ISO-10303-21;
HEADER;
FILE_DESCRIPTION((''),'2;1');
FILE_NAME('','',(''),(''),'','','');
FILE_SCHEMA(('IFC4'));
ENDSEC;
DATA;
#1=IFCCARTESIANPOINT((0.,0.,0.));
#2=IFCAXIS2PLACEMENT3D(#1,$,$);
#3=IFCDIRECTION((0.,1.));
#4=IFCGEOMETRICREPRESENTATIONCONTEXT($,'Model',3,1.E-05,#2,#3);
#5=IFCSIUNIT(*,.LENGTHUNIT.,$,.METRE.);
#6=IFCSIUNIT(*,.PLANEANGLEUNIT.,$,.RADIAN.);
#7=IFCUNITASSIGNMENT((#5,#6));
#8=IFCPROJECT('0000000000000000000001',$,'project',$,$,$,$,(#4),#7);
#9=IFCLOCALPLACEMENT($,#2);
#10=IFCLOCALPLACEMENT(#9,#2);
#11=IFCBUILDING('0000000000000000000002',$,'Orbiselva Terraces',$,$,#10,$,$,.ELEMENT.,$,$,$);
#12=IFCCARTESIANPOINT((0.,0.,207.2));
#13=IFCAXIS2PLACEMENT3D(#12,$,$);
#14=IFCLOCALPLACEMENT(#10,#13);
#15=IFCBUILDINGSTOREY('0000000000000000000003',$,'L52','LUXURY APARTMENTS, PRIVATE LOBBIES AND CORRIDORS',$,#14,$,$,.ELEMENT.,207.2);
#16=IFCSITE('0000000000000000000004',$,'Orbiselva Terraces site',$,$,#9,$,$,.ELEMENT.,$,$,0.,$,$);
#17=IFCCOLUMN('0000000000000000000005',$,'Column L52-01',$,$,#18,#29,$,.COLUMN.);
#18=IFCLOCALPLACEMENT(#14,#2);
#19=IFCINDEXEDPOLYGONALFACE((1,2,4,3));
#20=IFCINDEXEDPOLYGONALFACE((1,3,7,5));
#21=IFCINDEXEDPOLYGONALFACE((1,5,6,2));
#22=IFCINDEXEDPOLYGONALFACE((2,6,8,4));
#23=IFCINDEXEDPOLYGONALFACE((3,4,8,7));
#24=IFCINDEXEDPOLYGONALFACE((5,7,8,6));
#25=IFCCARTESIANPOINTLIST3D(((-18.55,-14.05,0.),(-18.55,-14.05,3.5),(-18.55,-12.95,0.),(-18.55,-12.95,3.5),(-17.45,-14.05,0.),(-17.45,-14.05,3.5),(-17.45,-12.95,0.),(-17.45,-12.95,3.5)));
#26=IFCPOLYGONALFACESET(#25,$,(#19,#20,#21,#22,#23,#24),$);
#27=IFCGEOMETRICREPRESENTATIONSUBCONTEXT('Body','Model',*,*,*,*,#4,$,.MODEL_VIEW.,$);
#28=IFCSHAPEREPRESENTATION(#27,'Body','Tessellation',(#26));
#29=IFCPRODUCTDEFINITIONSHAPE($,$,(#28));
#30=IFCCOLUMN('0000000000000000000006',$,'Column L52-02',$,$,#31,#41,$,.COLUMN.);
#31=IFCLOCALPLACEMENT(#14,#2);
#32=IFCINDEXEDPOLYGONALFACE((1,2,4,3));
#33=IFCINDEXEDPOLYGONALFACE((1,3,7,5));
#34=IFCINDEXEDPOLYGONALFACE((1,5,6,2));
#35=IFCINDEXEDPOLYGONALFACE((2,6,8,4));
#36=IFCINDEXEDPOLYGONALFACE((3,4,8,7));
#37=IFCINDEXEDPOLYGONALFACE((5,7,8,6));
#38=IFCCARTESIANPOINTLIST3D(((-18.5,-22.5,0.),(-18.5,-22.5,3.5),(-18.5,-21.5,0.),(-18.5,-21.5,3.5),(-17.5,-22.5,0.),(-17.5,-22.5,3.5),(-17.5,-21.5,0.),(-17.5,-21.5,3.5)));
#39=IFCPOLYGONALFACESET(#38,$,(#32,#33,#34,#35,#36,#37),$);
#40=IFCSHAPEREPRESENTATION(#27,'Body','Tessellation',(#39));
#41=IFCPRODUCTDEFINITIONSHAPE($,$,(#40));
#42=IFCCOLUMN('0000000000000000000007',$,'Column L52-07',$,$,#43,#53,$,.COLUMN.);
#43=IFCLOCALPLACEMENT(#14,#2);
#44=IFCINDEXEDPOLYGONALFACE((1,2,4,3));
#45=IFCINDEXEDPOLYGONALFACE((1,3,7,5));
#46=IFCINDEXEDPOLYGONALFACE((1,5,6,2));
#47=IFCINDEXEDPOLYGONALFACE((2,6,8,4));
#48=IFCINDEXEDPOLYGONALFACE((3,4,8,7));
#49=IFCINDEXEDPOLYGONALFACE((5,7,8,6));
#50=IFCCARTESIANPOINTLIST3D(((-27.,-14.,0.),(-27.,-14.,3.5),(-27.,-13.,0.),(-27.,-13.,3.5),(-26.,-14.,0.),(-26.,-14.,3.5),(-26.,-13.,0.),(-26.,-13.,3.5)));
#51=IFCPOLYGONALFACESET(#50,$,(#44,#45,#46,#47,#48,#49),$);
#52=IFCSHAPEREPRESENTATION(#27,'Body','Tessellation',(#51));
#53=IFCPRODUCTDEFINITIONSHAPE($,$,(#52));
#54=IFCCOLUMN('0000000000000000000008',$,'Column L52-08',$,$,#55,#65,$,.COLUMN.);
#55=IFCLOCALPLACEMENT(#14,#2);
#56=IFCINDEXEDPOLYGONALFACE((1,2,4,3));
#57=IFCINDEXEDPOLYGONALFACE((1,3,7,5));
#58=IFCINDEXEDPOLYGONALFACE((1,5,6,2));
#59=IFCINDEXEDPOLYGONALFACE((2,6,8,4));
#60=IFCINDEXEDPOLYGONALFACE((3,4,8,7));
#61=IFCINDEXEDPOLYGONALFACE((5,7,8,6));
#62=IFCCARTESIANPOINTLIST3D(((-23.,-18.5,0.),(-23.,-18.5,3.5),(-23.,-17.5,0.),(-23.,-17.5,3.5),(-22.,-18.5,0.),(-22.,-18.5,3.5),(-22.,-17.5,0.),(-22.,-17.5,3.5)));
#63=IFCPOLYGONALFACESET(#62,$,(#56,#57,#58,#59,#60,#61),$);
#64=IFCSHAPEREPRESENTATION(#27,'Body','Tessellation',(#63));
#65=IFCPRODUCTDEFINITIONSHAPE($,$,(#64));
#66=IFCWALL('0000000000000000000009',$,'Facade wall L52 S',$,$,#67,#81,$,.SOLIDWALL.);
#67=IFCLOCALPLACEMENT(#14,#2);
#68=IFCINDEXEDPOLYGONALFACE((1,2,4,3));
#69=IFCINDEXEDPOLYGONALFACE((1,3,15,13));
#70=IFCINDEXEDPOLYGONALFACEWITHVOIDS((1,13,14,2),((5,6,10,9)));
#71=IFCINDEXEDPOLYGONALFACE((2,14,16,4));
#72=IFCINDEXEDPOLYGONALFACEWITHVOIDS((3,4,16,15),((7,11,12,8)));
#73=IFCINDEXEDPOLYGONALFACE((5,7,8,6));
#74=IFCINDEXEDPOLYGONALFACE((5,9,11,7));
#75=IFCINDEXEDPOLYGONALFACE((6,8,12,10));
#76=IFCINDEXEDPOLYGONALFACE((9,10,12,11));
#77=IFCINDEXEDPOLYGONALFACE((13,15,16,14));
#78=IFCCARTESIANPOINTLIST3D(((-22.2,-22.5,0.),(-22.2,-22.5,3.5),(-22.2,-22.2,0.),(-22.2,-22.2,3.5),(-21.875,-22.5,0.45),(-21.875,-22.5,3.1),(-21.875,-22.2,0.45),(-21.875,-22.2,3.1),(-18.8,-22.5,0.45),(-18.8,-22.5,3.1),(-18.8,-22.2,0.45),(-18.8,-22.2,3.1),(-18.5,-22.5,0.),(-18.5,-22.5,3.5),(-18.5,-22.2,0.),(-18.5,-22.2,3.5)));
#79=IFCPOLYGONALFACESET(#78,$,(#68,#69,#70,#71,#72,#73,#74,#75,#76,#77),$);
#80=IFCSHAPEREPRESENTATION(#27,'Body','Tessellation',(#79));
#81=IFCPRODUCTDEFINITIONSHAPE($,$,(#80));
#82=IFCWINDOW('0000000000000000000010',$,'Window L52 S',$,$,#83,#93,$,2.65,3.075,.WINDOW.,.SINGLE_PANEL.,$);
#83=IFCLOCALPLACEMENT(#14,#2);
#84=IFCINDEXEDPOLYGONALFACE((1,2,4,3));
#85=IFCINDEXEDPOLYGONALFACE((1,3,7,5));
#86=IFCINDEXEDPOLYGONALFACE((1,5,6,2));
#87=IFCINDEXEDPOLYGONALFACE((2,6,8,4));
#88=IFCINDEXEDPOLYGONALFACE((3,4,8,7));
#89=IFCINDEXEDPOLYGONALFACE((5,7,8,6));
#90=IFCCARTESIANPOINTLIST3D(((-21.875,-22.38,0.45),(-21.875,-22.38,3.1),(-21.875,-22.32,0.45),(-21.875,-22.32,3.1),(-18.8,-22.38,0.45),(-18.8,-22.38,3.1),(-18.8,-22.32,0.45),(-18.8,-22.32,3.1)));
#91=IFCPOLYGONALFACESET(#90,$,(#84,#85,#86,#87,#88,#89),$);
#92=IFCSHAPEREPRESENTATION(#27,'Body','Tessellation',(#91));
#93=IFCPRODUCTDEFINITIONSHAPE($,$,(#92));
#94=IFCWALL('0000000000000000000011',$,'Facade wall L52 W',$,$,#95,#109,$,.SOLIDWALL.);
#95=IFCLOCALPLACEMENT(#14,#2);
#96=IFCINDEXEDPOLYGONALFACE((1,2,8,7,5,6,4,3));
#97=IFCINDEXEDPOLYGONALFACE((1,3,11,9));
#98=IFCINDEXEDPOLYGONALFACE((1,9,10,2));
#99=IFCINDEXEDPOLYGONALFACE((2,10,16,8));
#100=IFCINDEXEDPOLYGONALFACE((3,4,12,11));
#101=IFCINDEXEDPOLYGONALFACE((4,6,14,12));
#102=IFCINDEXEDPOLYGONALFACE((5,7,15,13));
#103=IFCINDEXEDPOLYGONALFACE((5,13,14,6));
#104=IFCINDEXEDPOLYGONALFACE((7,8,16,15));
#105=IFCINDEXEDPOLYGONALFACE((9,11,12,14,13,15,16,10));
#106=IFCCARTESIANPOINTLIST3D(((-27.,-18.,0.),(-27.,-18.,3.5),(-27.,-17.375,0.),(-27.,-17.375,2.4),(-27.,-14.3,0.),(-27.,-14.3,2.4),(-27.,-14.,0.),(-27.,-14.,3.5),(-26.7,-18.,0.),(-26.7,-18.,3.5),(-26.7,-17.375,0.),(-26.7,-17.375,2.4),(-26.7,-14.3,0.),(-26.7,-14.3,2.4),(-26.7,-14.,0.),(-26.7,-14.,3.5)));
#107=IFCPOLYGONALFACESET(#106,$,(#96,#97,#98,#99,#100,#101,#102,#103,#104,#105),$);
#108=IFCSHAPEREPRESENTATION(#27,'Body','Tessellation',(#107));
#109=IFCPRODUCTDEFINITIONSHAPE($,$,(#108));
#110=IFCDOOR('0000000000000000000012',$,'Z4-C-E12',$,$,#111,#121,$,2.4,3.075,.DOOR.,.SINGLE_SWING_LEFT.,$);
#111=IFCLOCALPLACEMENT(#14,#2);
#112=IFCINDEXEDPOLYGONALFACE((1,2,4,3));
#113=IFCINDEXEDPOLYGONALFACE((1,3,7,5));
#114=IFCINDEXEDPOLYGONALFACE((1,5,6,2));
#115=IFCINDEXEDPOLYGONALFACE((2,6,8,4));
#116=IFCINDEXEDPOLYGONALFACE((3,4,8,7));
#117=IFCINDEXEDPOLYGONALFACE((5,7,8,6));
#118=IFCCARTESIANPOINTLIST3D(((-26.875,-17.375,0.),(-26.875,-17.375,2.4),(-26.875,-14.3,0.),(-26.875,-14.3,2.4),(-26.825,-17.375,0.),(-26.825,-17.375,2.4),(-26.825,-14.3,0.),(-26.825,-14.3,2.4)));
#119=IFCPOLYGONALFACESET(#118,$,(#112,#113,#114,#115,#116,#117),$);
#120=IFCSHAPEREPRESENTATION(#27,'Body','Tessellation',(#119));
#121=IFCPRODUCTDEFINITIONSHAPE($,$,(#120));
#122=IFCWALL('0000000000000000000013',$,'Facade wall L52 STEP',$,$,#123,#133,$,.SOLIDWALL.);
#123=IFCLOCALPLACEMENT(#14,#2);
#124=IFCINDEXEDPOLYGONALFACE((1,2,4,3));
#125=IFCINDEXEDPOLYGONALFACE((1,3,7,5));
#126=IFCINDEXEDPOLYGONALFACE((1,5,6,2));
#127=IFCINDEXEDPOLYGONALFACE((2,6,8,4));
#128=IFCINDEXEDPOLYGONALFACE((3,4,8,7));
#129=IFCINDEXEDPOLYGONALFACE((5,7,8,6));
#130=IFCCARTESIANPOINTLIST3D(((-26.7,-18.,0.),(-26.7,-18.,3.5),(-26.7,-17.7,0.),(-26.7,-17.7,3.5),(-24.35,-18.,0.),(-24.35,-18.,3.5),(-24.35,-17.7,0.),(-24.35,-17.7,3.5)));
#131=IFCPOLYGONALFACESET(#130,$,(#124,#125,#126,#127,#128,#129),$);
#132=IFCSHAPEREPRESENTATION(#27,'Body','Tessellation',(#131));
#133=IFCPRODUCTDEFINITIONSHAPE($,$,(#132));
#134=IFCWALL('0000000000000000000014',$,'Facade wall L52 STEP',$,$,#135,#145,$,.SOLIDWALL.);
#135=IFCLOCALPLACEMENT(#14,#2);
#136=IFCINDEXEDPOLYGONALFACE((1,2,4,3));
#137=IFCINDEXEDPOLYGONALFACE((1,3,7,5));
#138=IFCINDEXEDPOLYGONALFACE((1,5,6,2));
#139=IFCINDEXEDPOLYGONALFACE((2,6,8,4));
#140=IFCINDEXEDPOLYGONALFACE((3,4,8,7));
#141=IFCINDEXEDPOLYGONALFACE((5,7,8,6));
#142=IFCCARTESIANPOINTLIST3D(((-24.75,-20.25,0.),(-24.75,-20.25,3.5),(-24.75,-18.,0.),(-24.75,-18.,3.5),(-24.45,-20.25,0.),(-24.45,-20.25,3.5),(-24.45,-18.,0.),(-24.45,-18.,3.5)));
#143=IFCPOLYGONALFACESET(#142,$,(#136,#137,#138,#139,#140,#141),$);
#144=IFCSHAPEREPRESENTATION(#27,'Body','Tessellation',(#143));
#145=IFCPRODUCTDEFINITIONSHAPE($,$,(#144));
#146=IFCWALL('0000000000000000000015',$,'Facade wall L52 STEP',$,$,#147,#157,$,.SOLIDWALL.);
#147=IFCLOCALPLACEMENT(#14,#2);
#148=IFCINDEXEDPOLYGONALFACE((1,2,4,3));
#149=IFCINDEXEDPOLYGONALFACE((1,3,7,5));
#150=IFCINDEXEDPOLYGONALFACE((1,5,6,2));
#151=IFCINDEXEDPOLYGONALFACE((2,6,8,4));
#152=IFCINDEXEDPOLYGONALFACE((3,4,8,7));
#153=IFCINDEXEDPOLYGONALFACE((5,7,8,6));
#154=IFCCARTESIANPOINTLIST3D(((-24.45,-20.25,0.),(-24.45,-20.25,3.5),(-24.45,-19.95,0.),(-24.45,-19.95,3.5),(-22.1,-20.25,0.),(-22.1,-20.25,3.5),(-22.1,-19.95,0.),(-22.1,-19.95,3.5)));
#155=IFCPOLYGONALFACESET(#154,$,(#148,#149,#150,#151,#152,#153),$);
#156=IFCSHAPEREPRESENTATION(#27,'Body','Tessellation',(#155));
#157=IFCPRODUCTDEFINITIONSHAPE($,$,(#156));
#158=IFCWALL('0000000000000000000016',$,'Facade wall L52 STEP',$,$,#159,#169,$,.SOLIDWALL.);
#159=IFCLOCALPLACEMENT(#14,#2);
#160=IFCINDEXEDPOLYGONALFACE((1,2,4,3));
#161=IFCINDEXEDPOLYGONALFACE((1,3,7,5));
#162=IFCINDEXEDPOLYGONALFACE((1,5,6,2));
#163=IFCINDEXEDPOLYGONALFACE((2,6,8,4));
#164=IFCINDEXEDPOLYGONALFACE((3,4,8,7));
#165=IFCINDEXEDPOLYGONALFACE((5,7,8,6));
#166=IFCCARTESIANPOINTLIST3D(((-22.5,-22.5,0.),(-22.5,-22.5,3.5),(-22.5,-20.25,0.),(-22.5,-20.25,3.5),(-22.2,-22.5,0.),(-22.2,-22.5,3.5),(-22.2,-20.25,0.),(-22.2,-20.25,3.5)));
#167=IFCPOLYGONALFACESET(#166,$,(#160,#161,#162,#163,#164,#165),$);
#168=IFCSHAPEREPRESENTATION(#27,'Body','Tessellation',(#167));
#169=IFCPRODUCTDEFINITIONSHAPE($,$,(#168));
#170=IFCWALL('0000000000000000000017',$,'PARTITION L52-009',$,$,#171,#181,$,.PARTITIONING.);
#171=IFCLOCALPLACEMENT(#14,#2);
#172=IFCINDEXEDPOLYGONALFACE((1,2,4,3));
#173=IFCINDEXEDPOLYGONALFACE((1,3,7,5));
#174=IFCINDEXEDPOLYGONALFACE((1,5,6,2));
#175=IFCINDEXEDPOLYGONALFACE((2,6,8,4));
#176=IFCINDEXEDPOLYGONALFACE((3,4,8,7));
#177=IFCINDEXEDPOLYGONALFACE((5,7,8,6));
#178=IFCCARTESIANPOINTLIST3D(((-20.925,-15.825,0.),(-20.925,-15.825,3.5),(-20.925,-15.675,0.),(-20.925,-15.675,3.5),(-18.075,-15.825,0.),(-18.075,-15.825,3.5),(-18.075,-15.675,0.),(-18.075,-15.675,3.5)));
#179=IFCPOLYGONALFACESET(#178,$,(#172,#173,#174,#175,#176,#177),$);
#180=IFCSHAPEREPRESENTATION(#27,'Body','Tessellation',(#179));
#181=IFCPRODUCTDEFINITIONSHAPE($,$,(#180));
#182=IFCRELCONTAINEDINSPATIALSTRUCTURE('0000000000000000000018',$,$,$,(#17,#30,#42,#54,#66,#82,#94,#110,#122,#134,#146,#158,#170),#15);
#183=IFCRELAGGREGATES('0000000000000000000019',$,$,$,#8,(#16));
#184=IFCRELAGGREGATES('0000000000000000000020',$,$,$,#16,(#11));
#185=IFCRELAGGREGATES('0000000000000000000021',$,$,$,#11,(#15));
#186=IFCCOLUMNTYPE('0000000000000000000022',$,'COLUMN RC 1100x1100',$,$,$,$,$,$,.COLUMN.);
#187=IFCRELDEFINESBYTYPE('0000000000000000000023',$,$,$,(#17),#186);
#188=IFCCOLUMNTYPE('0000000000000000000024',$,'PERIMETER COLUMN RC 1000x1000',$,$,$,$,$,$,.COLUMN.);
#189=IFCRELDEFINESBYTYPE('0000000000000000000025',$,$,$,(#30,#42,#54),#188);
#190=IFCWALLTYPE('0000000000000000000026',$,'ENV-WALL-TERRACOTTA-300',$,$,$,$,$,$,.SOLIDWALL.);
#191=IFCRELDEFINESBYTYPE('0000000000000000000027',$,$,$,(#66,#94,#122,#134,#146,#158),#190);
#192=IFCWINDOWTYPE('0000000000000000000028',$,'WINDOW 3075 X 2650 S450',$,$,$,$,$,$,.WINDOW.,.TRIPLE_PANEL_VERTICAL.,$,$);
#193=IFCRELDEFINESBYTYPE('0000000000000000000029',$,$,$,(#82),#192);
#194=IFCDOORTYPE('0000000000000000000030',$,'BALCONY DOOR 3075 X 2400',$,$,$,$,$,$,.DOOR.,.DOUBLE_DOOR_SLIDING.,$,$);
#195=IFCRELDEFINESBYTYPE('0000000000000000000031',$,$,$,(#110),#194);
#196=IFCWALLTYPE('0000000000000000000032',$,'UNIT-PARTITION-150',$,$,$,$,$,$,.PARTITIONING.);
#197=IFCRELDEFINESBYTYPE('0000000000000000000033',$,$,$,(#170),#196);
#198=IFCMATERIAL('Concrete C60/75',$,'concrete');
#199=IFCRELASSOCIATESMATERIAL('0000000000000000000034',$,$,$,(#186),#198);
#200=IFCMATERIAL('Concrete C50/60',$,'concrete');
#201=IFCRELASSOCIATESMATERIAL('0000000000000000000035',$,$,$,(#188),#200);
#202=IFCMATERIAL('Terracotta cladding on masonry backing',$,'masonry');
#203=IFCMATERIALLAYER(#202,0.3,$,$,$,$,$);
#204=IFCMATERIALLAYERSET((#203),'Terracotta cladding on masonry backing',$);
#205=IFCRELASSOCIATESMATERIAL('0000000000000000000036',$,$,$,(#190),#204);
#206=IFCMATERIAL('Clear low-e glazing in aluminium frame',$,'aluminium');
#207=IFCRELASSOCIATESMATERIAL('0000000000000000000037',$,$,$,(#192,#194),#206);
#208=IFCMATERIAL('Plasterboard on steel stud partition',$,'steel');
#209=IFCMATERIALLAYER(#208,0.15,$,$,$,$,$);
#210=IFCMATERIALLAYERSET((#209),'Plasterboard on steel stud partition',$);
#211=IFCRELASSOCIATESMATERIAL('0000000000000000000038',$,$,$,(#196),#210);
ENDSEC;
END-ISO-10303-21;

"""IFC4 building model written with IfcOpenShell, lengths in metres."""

from ifc_helpers import new_model, si_unit, direction, frame, frame_2d, origin, origin_2d, place, context, subcontext, project, spatial, rectangle, extrude, material, layer, layer_set, material_profile, profile_set, type_object, element, fill, save


model = new_model("IFC4")

# Units and contexts
model_context = context("Model", 3, precision=1e-05, world=origin(), true_north=direction((0.0, 1.0)))
body_context = subcontext(model_context, "Body", "Model", "MODEL_VIEW")
ifc_project = project(units=[si_unit("LENGTHUNIT", "METRE"), si_unit("PLANEANGLEUNIT", "RADIAN")], contexts=[model_context])

# Site, building, storey
site_placement = place(None, origin())
site = spatial("IfcSite", under=ifc_project, at=site_placement, Name="Orbiselva Terraces site", CompositionType="ELEMENT", RefElevation=0.0)
building_placement = place(site_placement, origin())
building = spatial("IfcBuilding", under=site, at=building_placement, Name="Orbiselva Terraces", CompositionType="ELEMENT")
storey_placement = place(building_placement, frame((0.0, 0.0, 207.2)))
storey = spatial("IfcBuildingStorey", under=building, at=storey_placement, Name="L52", Description="LUXURY APARTMENTS, PRIVATE LOBBIES AND CORRIDORS", CompositionType="ELEMENT", Elevation=207.2)

# Columns
ifc_material_1 = material(Name="Concrete C60/75", Category="concrete")
ifc_material_profile_1 = material_profile(ifc_material_1, rectangle(XDim=1.1, YDim=1.1, at=origin_2d()), Name="RC 1100x1100")
ifc_profile_set_1 = profile_set([ifc_material_profile_1], Name="Concrete C60/75")
column_type_1 = type_object("IfcColumnType", Name="COLUMN RC 1100x1100", PredefinedType="COLUMN", material=ifc_profile_set_1)
column_placement = place(storey_placement, frame((-18.0, -13.5, 0.0), z_axis=(0.0, 0.0, 1.0), x_axis=(1.0, 0.0, 0.0)))
element("IfcColumn", 1, at=column_placement, inside=storey, type_object=column_type_1, Name="Column L52-01", PredefinedType="COLUMN", context=body_context, shape_type="SweptSolid", body=[
    extrude(rectangle(XDim=1.1, YDim=1.1, at=origin_2d()), origin(), (0.0, 0.0, 1.0), 3.5),
])
ifc_material_2 = material(Name="Concrete C50/60", Category="concrete")
ifc_material_profile_2 = material_profile(ifc_material_2, rectangle(XDim=1.0, YDim=1.0, at=origin_2d()), Name="RC 1000x1000")
ifc_profile_set_2 = profile_set([ifc_material_profile_2], Name="Concrete C50/60")
column_type_2 = type_object("IfcColumnType", Name="PERIMETER COLUMN RC 1000x1000", PredefinedType="COLUMN", material=ifc_profile_set_2)
for number, where, z_axis, x_axis, name in (
    (2, (-18.0, -22.0, 0.0), (0.0, 0.0, 1.0), (1.0, 0.0, 0.0), "Column L52-02"),
    (3, (-26.5, -13.5, 0.0), (0.0, 0.0, 1.0), (1.0, 0.0, 0.0), "Column L52-07"),
    (4, (-22.5, -18.0, 0.0), (0.0, 0.0, 1.0), (1.0, 0.0, 0.0), "Column L52-08"),
):
    element("IfcColumn", number, at=place(storey_placement, frame(where, z_axis=z_axis, x_axis=x_axis)), inside=storey, type_object=column_type_2, Name=name, PredefinedType="COLUMN", context=body_context, shape_type="SweptSolid", body=[
        extrude(rectangle(XDim=1.0, YDim=1.0, at=origin_2d()), origin(), (0.0, 0.0, 1.0), 3.5),
    ])

# Wall, opening, window
ifc_material_3 = material(Name="Terracotta cladding on masonry backing", Category="masonry")
ifc_layer_1 = layer(ifc_material_3, 0.3)
ifc_layer_set_1 = layer_set([ifc_layer_1], Name="Terracotta cladding on masonry backing")
wall_type_1 = type_object("IfcWallType", Name="ENV-WALL-TERRACOTTA-300", PredefinedType="SOLIDWALL", material=ifc_layer_set_1)
wall_1_placement = place(storey_placement, frame((-18.5, -22.35, 0.0), z_axis=(0.0, 0.0, 1.0), x_axis=(-1.0, 0.0, 0.0)))
wall_1 = element("IfcWall", 5, at=wall_1_placement, inside=storey, type_object=wall_type_1, Name="Facade wall L52 S", PredefinedType="SOLIDWALL", context=body_context, shape_type="SweptSolid", body=[
    extrude(rectangle(XDim=3.7, YDim=0.3, at=frame_2d((1.85, 0.0))), origin(), (0.0, 0.0, 1.0), 3.5),
])
opening_1_placement = place(wall_1_placement, frame((0.3, 0.0, 0.45)))
opening_1 = element("IfcOpeningElement", 6, at=opening_1_placement, cuts=wall_1, PredefinedType="OPENING", context=body_context, shape_type="SweptSolid", body=[
    extrude(rectangle(XDim=3.075, YDim=2.65, at=frame_2d((1.5375, 1.325))), frame((0.0, 0.16, 0.0), z_axis=(0.0, -1.0, 0.0), x_axis=(1.0, 0.0, 0.0)), (0.0, 0.0, 1.0), 0.32),
])
ifc_material_4 = material(Name="Clear low-e glazing in aluminium frame", Category="aluminium")
window_type = type_object("IfcWindowType", Name="WINDOW 3075 X 2650 S450", PartitioningType="TRIPLE_PANEL_VERTICAL", PredefinedType="WINDOW", material=ifc_material_4)
window_placement = place(opening_1_placement, origin())
window = element("IfcWindow", 7, at=window_placement, inside=storey, type_object=window_type, Name="Window L52 S", OverallHeight=2.65, OverallWidth=3.075, PartitioningType="SINGLE_PANEL", PredefinedType="WINDOW", context=body_context, shape_type="SweptSolid", body=[
    extrude(rectangle(XDim=3.075, YDim=2.65, at=frame_2d((1.5375, 1.325))), frame((0.0, 0.03, 0.0), z_axis=(0.0, -1.0, 0.0), x_axis=(1.0, 0.0, 0.0)), (0.0, 0.0, 1.0), 0.06),
])
fill(opening_1, window)

# Wall, opening, door
wall_2_placement = place(storey_placement, frame((-26.85, -18.0, 0.0), z_axis=(0.0, 0.0, 1.0), x_axis=(0.0, 1.0, 0.0)))
wall_2 = element("IfcWall", 8, at=wall_2_placement, inside=storey, type_object=wall_type_1, Name="Facade wall L52 W", PredefinedType="SOLIDWALL", context=body_context, shape_type="SweptSolid", body=[
    extrude(rectangle(XDim=4.0, YDim=0.3, at=frame_2d((2.0, 0.0))), origin(), (0.0, 0.0, 1.0), 3.5),
])
opening_2_placement = place(wall_2_placement, frame((0.625, 0.0, 0.0)))
opening_2 = element("IfcOpeningElement", 9, at=opening_2_placement, cuts=wall_2, PredefinedType="OPENING", context=body_context, shape_type="SweptSolid", body=[
    extrude(rectangle(XDim=3.075, YDim=2.4, at=frame_2d((1.5375, 1.2))), frame((0.0, 0.16, 0.0), z_axis=(0.0, -1.0, 0.0), x_axis=(1.0, 0.0, 0.0)), (0.0, 0.0, 1.0), 0.32),
])
door_type_1 = type_object("IfcDoorType", Name="BALCONY DOOR 3075 X 2400", OperationType="DOUBLE_DOOR_SLIDING", PredefinedType="DOOR", material=ifc_material_4)
door_1_placement = place(opening_2_placement, origin())
door_1 = element("IfcDoor", 10, at=door_1_placement, inside=storey, type_object=door_type_1, Name="Z4-C-E12", OperationType="SINGLE_SWING_LEFT", OverallHeight=2.4, OverallWidth=3.075, PredefinedType="DOOR", context=body_context, shape_type="SweptSolid", body=[
    extrude(rectangle(XDim=3.075, YDim=2.4, at=frame_2d((1.5375, 1.2))), frame((0.0, 0.025, 0.0), z_axis=(0.0, -1.0, 0.0), x_axis=(1.0, 0.0, 0.0)), (0.0, 0.0, 1.0), 0.05),
])
fill(opening_2, door_1)

# Walls
wall_3_placement = place(storey_placement, frame((-24.35, -17.85, 0.0), z_axis=(0.0, 0.0, 1.0), x_axis=(-1.0, 0.0, 0.0)))
element("IfcWall", 11, at=wall_3_placement, inside=storey, type_object=wall_type_1, Name="Facade wall L52 STEP", PredefinedType="SOLIDWALL", context=body_context, shape_type="SweptSolid", body=[
    extrude(rectangle(XDim=2.35, YDim=0.3, at=frame_2d((1.175, 0.0))), origin(), (0.0, 0.0, 1.0), 3.5),
])
wall_4_placement = place(storey_placement, frame((-24.6, -20.25, 0.0), z_axis=(0.0, 0.0, 1.0), x_axis=(0.0, 1.0, 0.0)))
element("IfcWall", 12, at=wall_4_placement, inside=storey, type_object=wall_type_1, Name="Facade wall L52 STEP", PredefinedType="SOLIDWALL", context=body_context, shape_type="SweptSolid", body=[
    extrude(rectangle(XDim=2.25, YDim=0.3, at=frame_2d((1.125, 0.0))), origin(), (0.0, 0.0, 1.0), 3.5),
])
wall_5_placement = place(storey_placement, frame((-22.1, -20.1, 0.0), z_axis=(0.0, 0.0, 1.0), x_axis=(-1.0, 0.0, 0.0)))
element("IfcWall", 13, at=wall_5_placement, inside=storey, type_object=wall_type_1, Name="Facade wall L52 STEP", PredefinedType="SOLIDWALL", context=body_context, shape_type="SweptSolid", body=[
    extrude(rectangle(XDim=2.35, YDim=0.3, at=frame_2d((1.175, 0.0))), origin(), (0.0, 0.0, 1.0), 3.5),
])
wall_6_placement = place(storey_placement, frame((-22.35, -22.5, 0.0), z_axis=(0.0, 0.0, 1.0), x_axis=(0.0, 1.0, 0.0)))
element("IfcWall", 14, at=wall_6_placement, inside=storey, type_object=wall_type_1, Name="Facade wall L52 STEP", PredefinedType="SOLIDWALL", context=body_context, shape_type="SweptSolid", body=[
    extrude(rectangle(XDim=2.25, YDim=0.3, at=frame_2d((1.125, 0.0))), origin(), (0.0, 0.0, 1.0), 3.5),
])
ifc_material_5 = material(Name="Plasterboard on steel stud partition", Category="steel")
ifc_layer_2 = layer(ifc_material_5, 0.15)
ifc_layer_set_2 = layer_set([ifc_layer_2], Name="Plasterboard on steel stud partition")
wall_type_2 = type_object("IfcWallType", Name="UNIT-PARTITION-150", PredefinedType="PARTITIONING", material=ifc_layer_set_2)
wall_7_placement = place(storey_placement, frame((-20.925, -15.75, 0.0), z_axis=(0.0, 0.0, 1.0), x_axis=(1.0, 0.0, 0.0)))
element("IfcWall", 15, at=wall_7_placement, inside=storey, type_object=wall_type_2, Name="PARTITION L52-009", PredefinedType="PARTITIONING", context=body_context, shape_type="SweptSolid", body=[
    extrude(rectangle(XDim=2.85, YDim=0.15, at=frame_2d((1.425, 0.0))), origin(), (0.0, 0.0, 1.0), 3.5),
])

save(model, "model.ifc")
